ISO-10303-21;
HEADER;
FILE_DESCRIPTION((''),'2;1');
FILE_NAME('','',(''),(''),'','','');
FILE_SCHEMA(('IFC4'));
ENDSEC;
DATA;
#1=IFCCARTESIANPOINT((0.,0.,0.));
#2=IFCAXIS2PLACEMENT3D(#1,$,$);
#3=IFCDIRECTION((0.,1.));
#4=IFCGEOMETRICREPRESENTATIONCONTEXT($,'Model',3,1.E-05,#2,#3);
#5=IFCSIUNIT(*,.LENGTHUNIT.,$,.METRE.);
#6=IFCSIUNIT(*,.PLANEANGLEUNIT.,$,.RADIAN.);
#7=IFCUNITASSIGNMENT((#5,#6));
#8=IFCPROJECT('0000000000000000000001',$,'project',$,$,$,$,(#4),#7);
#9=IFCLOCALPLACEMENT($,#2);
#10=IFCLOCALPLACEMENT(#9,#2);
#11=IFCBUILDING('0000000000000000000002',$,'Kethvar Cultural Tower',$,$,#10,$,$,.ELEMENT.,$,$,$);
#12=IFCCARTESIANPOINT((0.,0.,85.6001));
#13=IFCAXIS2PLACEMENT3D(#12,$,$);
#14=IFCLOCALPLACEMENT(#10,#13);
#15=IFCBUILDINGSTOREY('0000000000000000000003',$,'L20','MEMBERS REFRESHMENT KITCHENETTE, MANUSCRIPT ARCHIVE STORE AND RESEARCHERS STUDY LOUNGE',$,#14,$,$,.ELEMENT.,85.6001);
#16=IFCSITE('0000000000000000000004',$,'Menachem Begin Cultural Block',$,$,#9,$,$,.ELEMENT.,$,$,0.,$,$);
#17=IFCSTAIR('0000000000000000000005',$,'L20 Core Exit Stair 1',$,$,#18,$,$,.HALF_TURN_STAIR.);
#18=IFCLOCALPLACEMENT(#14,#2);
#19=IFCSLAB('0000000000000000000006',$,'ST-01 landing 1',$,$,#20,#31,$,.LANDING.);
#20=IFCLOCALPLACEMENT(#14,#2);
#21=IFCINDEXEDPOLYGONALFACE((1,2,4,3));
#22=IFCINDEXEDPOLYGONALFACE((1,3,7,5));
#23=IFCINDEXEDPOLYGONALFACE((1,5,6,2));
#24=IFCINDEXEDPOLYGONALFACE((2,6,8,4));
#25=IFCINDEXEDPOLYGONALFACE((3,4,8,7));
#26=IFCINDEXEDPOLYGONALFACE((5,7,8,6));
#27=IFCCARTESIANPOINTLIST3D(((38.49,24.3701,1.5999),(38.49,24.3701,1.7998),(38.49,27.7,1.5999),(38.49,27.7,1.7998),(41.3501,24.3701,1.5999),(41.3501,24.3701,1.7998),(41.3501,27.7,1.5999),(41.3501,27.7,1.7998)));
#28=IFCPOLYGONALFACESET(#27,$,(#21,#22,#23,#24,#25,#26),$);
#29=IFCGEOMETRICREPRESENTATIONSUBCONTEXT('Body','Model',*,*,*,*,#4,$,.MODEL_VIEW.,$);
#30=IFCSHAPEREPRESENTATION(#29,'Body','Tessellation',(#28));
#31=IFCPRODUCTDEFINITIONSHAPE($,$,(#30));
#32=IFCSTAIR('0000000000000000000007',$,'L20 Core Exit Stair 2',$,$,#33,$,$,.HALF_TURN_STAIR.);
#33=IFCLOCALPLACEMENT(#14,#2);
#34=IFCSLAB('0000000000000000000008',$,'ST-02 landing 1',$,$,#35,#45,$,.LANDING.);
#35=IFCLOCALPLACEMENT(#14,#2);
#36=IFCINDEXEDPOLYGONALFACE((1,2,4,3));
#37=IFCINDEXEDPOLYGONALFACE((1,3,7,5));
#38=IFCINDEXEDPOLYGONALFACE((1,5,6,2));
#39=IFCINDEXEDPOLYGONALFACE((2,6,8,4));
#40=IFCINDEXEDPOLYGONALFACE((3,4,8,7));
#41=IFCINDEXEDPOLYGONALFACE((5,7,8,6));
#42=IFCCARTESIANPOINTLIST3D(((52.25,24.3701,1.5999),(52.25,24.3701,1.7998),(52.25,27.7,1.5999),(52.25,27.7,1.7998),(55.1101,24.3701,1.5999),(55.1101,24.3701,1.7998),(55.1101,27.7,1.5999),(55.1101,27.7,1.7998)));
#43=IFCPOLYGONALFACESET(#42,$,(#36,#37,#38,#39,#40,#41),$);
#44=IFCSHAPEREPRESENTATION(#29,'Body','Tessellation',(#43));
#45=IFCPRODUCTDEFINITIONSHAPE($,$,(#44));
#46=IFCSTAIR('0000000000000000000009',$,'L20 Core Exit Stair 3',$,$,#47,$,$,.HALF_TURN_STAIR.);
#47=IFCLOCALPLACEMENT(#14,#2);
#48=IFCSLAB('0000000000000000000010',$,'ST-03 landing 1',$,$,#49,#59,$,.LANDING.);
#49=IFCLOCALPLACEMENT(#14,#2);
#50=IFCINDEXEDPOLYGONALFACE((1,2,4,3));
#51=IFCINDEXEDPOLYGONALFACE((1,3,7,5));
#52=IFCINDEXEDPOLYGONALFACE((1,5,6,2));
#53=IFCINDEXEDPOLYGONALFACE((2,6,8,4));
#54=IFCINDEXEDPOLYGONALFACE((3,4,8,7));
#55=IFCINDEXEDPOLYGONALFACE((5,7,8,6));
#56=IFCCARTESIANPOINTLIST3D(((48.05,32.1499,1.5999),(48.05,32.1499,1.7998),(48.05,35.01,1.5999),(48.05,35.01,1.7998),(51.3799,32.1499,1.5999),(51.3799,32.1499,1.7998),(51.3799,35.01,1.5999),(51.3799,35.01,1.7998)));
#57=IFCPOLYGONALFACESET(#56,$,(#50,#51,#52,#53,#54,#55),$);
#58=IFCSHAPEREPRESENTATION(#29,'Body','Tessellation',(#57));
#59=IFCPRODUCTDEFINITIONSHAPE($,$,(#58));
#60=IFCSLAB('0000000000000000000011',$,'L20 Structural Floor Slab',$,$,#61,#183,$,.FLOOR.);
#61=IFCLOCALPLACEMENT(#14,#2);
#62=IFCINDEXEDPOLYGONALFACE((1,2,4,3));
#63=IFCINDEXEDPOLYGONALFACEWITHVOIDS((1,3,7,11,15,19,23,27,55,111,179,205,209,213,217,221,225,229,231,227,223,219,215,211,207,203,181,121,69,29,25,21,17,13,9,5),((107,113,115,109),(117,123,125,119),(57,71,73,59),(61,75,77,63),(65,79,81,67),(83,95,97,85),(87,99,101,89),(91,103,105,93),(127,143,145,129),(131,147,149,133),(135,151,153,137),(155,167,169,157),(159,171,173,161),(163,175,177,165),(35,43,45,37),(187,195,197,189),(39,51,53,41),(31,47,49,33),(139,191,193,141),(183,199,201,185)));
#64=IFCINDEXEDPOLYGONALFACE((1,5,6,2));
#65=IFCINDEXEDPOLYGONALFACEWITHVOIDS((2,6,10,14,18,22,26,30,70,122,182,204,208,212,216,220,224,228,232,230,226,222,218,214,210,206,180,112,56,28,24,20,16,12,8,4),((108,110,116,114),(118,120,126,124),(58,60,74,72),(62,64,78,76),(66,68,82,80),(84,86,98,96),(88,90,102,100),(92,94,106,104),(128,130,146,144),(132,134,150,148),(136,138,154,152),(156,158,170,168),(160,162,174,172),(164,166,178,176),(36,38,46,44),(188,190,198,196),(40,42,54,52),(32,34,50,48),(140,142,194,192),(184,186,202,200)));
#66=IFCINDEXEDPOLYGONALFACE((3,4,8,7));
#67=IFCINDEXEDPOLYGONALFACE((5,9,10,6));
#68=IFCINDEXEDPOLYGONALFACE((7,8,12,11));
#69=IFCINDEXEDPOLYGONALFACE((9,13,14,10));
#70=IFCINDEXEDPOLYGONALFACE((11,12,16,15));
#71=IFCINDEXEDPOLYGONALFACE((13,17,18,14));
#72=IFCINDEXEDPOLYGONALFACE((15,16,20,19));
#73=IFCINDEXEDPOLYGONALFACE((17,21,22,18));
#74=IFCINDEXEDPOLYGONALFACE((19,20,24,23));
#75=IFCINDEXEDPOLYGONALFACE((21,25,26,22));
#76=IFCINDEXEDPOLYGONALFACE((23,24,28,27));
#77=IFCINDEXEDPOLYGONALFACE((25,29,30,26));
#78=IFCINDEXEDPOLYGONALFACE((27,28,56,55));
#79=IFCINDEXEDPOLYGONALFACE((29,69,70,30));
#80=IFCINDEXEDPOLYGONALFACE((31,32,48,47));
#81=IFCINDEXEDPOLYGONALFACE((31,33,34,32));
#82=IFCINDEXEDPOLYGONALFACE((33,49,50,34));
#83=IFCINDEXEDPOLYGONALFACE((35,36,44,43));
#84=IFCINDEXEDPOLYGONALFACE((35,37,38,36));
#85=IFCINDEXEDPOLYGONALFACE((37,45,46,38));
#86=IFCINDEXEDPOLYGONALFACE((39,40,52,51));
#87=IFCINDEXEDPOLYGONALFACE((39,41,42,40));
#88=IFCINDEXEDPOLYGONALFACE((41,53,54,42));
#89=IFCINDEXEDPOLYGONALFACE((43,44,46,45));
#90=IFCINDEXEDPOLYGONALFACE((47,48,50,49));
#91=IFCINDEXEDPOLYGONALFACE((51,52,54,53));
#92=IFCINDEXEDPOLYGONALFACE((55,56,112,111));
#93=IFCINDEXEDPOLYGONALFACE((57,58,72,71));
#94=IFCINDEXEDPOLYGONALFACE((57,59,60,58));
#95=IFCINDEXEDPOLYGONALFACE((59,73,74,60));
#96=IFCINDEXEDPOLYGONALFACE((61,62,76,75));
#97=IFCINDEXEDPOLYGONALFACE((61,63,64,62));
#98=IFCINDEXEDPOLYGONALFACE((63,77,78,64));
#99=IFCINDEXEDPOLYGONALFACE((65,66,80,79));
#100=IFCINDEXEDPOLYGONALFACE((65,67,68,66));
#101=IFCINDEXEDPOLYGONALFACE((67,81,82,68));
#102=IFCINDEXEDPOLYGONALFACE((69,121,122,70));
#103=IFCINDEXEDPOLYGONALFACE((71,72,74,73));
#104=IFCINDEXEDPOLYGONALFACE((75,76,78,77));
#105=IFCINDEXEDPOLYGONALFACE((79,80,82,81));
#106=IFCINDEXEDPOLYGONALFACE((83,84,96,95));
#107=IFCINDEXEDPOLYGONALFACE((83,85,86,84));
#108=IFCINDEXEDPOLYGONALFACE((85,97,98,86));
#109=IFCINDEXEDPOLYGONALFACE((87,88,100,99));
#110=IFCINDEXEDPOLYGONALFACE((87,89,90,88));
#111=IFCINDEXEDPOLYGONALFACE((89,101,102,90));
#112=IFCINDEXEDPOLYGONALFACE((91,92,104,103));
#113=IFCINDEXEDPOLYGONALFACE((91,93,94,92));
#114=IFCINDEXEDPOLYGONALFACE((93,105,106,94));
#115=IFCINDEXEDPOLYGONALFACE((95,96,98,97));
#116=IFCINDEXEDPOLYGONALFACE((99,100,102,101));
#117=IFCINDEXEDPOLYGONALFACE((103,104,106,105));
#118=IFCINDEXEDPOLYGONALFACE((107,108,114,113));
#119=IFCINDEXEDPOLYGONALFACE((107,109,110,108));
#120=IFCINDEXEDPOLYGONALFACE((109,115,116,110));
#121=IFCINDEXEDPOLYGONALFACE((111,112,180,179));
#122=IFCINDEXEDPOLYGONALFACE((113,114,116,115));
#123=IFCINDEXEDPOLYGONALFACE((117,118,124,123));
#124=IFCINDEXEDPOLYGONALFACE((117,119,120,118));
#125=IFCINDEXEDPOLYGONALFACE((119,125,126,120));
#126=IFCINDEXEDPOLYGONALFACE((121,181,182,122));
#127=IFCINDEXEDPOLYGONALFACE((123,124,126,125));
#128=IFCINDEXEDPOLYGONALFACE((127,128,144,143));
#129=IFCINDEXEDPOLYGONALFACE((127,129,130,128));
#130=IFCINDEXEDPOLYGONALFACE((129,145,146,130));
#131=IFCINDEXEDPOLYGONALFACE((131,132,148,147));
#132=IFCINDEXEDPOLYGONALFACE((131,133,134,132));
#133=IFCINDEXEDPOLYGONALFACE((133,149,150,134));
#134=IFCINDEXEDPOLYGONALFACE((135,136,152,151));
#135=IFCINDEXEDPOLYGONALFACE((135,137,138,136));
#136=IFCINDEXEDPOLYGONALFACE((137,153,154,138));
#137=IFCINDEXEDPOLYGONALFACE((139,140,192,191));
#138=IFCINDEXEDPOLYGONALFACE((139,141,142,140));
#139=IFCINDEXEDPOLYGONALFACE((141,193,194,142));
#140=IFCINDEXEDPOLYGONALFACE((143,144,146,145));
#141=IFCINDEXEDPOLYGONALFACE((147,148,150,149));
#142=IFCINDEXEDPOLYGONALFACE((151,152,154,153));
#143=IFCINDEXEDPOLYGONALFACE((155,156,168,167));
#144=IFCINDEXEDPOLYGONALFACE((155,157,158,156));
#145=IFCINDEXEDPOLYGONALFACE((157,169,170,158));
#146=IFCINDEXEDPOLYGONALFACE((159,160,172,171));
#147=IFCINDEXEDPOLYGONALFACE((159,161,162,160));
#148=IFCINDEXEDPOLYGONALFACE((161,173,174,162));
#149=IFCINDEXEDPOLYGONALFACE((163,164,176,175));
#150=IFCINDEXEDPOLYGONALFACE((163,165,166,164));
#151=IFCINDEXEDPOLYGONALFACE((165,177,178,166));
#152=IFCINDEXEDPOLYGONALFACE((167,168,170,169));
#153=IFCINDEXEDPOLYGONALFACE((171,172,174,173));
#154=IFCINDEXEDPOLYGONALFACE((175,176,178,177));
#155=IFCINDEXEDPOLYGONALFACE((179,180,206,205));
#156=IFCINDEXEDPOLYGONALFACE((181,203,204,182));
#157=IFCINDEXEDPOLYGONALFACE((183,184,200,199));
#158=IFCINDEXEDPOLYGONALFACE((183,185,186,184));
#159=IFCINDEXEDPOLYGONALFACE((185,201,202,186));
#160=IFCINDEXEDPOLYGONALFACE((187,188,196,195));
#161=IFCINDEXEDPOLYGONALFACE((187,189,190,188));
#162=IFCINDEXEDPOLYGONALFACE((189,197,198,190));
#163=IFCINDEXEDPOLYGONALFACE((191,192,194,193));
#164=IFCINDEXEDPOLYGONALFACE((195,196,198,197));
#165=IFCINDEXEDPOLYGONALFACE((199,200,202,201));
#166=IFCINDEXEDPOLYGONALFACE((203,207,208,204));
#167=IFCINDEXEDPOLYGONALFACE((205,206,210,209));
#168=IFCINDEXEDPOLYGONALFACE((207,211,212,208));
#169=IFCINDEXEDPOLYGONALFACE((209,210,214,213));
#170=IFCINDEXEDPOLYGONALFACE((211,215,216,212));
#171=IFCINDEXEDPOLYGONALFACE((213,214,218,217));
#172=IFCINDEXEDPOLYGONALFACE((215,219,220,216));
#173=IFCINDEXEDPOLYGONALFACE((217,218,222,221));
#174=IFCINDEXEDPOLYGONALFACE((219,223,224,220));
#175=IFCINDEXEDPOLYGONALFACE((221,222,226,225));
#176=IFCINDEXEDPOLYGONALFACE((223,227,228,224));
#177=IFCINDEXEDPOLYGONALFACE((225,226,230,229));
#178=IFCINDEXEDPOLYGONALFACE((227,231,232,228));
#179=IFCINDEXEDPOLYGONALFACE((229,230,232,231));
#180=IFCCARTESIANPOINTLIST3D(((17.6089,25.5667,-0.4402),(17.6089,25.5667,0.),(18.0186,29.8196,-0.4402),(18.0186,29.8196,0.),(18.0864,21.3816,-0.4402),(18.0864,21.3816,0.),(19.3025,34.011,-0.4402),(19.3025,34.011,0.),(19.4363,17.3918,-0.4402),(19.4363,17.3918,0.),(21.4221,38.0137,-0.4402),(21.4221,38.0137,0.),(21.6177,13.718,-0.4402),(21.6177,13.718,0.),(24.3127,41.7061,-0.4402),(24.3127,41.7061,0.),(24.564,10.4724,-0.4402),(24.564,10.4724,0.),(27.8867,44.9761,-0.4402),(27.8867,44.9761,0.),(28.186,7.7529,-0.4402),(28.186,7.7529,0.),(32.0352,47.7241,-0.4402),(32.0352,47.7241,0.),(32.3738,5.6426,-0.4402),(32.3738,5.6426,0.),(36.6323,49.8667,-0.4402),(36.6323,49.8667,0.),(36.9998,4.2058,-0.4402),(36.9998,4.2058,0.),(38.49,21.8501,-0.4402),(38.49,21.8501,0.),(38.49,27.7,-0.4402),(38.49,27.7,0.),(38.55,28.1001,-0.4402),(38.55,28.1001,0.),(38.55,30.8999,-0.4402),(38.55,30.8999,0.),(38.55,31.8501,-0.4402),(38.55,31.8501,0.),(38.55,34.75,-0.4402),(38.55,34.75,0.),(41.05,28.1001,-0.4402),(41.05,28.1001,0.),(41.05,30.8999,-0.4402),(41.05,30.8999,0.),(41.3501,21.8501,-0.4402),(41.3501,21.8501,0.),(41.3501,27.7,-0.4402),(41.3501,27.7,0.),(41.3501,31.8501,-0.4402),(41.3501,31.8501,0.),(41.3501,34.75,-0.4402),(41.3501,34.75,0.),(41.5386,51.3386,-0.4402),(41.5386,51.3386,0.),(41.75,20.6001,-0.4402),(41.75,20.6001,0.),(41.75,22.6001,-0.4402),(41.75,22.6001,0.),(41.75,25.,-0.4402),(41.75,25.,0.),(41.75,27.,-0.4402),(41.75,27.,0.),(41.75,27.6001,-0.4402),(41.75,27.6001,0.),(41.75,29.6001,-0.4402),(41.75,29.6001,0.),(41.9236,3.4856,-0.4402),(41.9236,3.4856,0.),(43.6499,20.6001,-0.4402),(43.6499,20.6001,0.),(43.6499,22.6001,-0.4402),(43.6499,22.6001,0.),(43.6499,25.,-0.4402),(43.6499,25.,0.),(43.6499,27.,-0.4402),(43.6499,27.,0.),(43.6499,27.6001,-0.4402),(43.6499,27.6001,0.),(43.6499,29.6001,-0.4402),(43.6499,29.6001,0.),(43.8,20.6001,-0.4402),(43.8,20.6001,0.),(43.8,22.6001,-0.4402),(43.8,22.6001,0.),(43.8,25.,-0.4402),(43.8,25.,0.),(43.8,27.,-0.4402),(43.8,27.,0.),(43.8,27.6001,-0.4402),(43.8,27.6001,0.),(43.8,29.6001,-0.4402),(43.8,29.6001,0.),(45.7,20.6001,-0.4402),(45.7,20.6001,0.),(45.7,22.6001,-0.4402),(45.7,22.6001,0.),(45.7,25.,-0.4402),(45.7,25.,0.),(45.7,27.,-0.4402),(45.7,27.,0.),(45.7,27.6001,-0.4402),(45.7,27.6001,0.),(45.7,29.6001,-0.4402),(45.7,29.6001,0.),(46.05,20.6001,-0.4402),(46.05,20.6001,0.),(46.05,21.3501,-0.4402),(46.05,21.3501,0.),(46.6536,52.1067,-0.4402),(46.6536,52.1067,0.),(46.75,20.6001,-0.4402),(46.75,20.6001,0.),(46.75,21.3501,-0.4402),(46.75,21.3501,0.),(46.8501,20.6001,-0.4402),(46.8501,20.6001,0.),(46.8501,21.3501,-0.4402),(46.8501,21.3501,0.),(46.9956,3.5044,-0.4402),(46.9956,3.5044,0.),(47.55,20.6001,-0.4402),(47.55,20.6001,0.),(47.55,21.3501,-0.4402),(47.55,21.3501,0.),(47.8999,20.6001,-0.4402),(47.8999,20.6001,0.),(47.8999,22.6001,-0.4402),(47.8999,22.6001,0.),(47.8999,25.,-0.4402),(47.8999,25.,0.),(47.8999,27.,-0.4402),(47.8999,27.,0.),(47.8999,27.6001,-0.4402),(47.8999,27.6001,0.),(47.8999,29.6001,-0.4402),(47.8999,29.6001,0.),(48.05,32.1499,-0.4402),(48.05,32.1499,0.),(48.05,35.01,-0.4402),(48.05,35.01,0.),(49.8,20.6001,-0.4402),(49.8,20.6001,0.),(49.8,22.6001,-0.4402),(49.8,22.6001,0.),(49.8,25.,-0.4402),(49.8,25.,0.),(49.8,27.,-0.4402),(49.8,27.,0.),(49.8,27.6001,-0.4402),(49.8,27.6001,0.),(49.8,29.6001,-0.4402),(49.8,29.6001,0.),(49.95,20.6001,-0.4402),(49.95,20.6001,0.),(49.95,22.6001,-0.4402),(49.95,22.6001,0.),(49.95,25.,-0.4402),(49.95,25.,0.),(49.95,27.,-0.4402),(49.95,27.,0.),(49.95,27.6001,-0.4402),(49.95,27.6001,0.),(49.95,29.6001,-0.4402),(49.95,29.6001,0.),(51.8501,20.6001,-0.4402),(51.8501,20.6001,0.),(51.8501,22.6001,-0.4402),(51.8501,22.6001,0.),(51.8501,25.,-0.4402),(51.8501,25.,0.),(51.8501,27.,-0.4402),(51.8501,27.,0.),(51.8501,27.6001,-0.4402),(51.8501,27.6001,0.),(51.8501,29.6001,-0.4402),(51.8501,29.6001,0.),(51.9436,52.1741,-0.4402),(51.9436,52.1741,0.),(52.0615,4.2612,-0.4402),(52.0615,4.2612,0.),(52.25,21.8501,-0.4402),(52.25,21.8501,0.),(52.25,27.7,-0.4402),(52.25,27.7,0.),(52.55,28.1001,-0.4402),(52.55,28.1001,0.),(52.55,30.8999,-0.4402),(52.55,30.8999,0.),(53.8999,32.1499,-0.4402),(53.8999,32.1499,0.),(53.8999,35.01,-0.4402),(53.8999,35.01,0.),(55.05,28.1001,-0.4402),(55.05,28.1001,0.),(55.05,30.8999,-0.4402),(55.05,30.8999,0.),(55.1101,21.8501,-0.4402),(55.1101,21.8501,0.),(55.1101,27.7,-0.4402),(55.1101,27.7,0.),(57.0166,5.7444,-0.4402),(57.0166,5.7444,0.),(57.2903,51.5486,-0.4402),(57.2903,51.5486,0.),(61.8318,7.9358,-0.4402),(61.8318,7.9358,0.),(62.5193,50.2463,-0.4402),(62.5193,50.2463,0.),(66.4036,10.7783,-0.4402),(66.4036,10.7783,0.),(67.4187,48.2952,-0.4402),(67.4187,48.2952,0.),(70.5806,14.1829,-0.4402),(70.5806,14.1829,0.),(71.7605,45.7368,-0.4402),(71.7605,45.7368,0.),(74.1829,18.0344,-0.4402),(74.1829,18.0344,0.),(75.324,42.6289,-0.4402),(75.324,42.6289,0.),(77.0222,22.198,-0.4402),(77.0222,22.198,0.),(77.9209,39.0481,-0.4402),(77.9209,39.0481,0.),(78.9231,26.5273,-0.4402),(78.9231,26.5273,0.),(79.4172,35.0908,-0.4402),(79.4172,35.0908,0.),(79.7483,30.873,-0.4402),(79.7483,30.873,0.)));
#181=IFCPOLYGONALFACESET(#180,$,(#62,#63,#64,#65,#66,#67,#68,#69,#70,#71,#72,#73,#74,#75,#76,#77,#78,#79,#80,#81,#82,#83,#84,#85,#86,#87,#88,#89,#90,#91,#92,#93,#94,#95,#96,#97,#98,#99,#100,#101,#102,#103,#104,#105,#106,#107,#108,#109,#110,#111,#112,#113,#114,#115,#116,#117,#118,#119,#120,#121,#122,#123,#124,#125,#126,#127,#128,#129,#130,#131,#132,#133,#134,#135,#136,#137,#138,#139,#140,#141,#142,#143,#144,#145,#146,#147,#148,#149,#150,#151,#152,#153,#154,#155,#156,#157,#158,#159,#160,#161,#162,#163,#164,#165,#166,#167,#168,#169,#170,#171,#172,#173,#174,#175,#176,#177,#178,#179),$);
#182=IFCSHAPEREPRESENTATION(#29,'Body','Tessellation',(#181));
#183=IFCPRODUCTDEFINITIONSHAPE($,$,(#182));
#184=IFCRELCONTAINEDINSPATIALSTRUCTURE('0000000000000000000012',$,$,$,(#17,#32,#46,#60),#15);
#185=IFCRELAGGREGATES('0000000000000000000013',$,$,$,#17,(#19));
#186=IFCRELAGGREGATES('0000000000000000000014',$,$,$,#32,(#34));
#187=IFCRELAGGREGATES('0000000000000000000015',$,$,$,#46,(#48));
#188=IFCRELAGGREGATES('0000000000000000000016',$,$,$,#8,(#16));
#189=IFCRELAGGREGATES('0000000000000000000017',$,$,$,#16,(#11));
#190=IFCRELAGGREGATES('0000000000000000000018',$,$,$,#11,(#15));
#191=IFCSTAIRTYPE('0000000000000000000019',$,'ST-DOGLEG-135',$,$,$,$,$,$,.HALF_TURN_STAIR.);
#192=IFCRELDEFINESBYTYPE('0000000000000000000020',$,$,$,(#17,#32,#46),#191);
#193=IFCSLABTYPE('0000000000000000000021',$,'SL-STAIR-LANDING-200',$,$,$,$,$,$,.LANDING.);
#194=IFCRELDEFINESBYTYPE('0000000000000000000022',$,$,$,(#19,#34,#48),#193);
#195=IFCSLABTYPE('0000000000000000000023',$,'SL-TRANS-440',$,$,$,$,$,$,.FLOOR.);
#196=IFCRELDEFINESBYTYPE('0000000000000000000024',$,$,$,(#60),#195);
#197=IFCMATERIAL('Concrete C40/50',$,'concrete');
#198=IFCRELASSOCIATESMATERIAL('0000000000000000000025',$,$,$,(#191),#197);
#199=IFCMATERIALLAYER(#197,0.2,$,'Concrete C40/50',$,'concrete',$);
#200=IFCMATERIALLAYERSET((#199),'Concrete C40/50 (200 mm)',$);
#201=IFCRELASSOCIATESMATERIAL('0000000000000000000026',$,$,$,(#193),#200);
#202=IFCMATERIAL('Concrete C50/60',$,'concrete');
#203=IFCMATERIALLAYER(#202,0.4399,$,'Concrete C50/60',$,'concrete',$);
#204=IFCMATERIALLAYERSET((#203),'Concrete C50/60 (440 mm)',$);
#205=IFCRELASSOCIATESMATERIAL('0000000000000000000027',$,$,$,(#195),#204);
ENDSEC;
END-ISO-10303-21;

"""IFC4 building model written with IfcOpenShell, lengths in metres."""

from ifc_helpers import new_model, si_unit, direction, frame, origin, place, context, subcontext, project, spatial, polyline, outline, extrude, material, layer, layer_set, type_object, element, aggregate, save


model = new_model("IFC4")

# Units and contexts
model_context = context("Model", 3, precision=1e-05, world=origin(), true_north=direction((0.0, 1.0)))
body_context = subcontext(model_context, "Body", "Model", "MODEL_VIEW")
ifc_project = project(units=[si_unit("LENGTHUNIT", "METRE"), si_unit("PLANEANGLEUNIT", "RADIAN")], contexts=[model_context])

# Site, building, storey
site_placement = place(None, origin())
site = spatial("IfcSite", under=ifc_project, at=site_placement, Name="Menachem Begin Cultural Block", CompositionType="ELEMENT", RefElevation=0.0)
building_placement = place(site_placement, origin())
building = spatial("IfcBuilding", under=site, at=building_placement, Name="Kethvar Cultural Tower", CompositionType="ELEMENT")
storey_placement = place(building_placement, frame((0.0, 0.0, 85.6001)))
storey = spatial("IfcBuildingStorey", under=building, at=storey_placement, Name="L20", Description="MEMBERS REFRESHMENT KITCHENETTE, MANUSCRIPT ARCHIVE STORE AND RESEARCHERS STUDY LOUNGE", CompositionType="ELEMENT", Elevation=85.6001)

# Stairs, slabs
ifc_material_1 = material(Name="Concrete C40/50", Category="concrete")
stair_type = type_object("IfcStairType", Name="ST-DOGLEG-135", PredefinedType="HALF_TURN_STAIR", material=ifc_material_1)
stair_1_placement = place(storey_placement, origin())
stair_1 = element("IfcStair", 1, at=stair_1_placement, inside=storey, type_object=stair_type, Name="L20 Core Exit Stair 1", PredefinedType="HALF_TURN_STAIR")
ifc_layer_1 = layer(ifc_material_1, 0.2, Name="Concrete C40/50", Category="concrete")
ifc_layer_set_1 = layer_set([ifc_layer_1], Name="Concrete C40/50 (200 mm)")
slab_type_1 = type_object("IfcSlabType", Name="SL-STAIR-LANDING-200", PredefinedType="LANDING", material=ifc_layer_set_1)
slab_1_placement = place(storey_placement, frame((0.0, 0.0, 1.5999)))
slab_1 = element("IfcSlab", 2, at=slab_1_placement, type_object=slab_type_1, Name="ST-01 landing 1", PredefinedType="LANDING", context=body_context, shape_type="SweptSolid", body=[
    extrude(outline(polyline([(41.3501, 24.3701), (41.3501, 27.7), (38.49, 27.7), (38.49, 24.3701), (41.3501, 24.3701)])), origin(), (0.0, 0.0, 1.0), 0.2),
])
aggregate(stair_1, [slab_1])
stair_2_placement = place(storey_placement, origin())
stair_2 = element("IfcStair", 3, at=stair_2_placement, inside=storey, type_object=stair_type, Name="L20 Core Exit Stair 2", PredefinedType="HALF_TURN_STAIR")
slab_2_placement = place(storey_placement, frame((0.0, 0.0, 1.5999)))
slab_2 = element("IfcSlab", 4, at=slab_2_placement, type_object=slab_type_1, Name="ST-02 landing 1", PredefinedType="LANDING", context=body_context, shape_type="SweptSolid", body=[
    extrude(outline(polyline([(55.1101, 24.3701), (55.1101, 27.7), (52.25, 27.7), (52.25, 24.3701), (55.1101, 24.3701)])), origin(), (0.0, 0.0, 1.0), 0.2),
])
aggregate(stair_2, [slab_2])
stair_3_placement = place(storey_placement, origin())
stair_3 = element("IfcStair", 5, at=stair_3_placement, inside=storey, type_object=stair_type, Name="L20 Core Exit Stair 3", PredefinedType="HALF_TURN_STAIR")
slab_3_placement = place(storey_placement, frame((0.0, 0.0, 1.5999)))
slab_3 = element("IfcSlab", 6, at=slab_3_placement, type_object=slab_type_1, Name="ST-03 landing 1", PredefinedType="LANDING", context=body_context, shape_type="SweptSolid", body=[
    extrude(outline(polyline([(51.3799, 35.01), (48.05, 35.01), (48.05, 32.1499), (51.3799, 32.1499), (51.3799, 35.01)])), origin(), (0.0, 0.0, 1.0), 0.2),
])
aggregate(stair_3, [slab_3])

# Slab
ifc_material_2 = material(Name="Concrete C50/60", Category="concrete")
ifc_layer_2 = layer(ifc_material_2, 0.4399, Name="Concrete C50/60", Category="concrete")
ifc_layer_set_2 = layer_set([ifc_layer_2], Name="Concrete C50/60 (440 mm)")
slab_type_2 = type_object("IfcSlabType", Name="SL-TRANS-440", PredefinedType="FLOOR", material=ifc_layer_set_2)
slab_4_placement = place(storey_placement, frame((0.0, 0.0, -0.4402)))
element("IfcSlab", 7, at=slab_4_placement, inside=storey, type_object=slab_type_2, Name="L20 Structural Floor Slab", PredefinedType="FLOOR", context=body_context, shape_type="SweptSolid", body=[
    extrude(outline(polyline([(79.4172, 35.0908), (77.9209, 39.0481), (75.324, 42.6289), (71.7605, 45.7368), (67.4187, 48.2952), (62.5193, 50.2463), (57.2903, 51.5486), (51.9436, 52.1741), (46.6536, 52.1067), (41.5386, 51.3386), (36.6323, 49.8667), (32.0352, 47.7241), (27.8867, 44.9761), (24.3127, 41.7061), (21.4221, 38.0137), (19.3025, 34.011), (18.0186, 29.8196), (17.6089, 25.5667), (18.0864, 21.3816), (19.4363, 17.3918), (21.6177, 13.718), (24.564, 10.4724), (28.186, 7.7529), (32.3738, 5.6426), (36.9998, 4.2058), (41.9236, 3.4856), (46.9956, 3.5044), (52.0615, 4.2612), (57.0166, 5.7444), (61.8318, 7.9358), (66.4036, 10.7783), (70.5806, 14.1829), (74.1829, 18.0344), (77.0222, 22.198), (78.9231, 26.5273), (79.7483, 30.873), (79.4172, 35.0908)]), holes=[polyline([(38.49, 21.8501), (38.49, 27.7), (41.3501, 27.7), (41.3501, 21.8501), (38.49, 21.8501)]), polyline([(52.25, 21.8501), (52.25, 27.7), (55.1101, 27.7), (55.1101, 21.8501), (52.25, 21.8501)]), polyline([(53.8999, 32.1499), (48.05, 32.1499), (48.05, 35.01), (53.8999, 35.01), (53.8999, 32.1499)]), polyline([(41.75, 22.6001), (43.6499, 22.6001), (43.6499, 20.6001), (41.75, 20.6001), (41.75, 22.6001)]), polyline([(43.8, 22.6001), (45.7, 22.6001), (45.7, 20.6001), (43.8, 20.6001), (43.8, 22.6001)]), polyline([(47.8999, 22.6001), (49.8, 22.6001), (49.8, 20.6001), (47.8999, 20.6001), (47.8999, 22.6001)]), polyline([(49.95, 22.6001), (51.8501, 22.6001), (51.8501, 20.6001), (49.95, 20.6001), (49.95, 22.6001)]), polyline([(41.75, 27.0), (43.6499, 27.0), (43.6499, 25.0), (41.75, 25.0), (41.75, 27.0)]), polyline([(43.8, 27.0), (45.7, 27.0), (45.7, 25.0), (43.8, 25.0), (43.8, 27.0)]), polyline([(47.8999, 27.0), (49.8, 27.0), (49.8, 25.0), (47.8999, 25.0), (47.8999, 27.0)]), polyline([(49.95, 27.0), (51.8501, 27.0), (51.8501, 25.0), (49.95, 25.0), (49.95, 27.0)]), polyline([(41.75, 29.6001), (43.6499, 29.6001), (43.6499, 27.6001), (41.75, 27.6001), (41.75, 29.6001)]), polyline([(43.8, 29.6001), (45.7, 29.6001), (45.7, 27.6001), (43.8, 27.6001), (43.8, 29.6001)]), polyline([(47.8999, 29.6001), (49.8, 29.6001), (49.8, 27.6001), (47.8999, 27.6001), (47.8999, 29.6001)]), polyline([(49.95, 29.6001), (51.8501, 29.6001), (51.8501, 27.6001), (49.95, 27.6001), (49.95, 29.6001)]), polyline([(38.55, 30.8999), (41.05, 30.8999), (41.05, 28.1001), (38.55, 28.1001), (38.55, 30.8999)]), polyline([(52.55, 30.8999), (55.05, 30.8999), (55.05, 28.1001), (52.55, 28.1001), (52.55, 30.8999)]), polyline([(38.55, 34.75), (41.3501, 34.75), (41.3501, 31.8501), (38.55, 31.8501), (38.55, 34.75)]), polyline([(46.05, 21.3501), (46.75, 21.3501), (46.75, 20.6001), (46.05, 20.6001), (46.05, 21.3501)]), polyline([(46.8501, 21.3501), (47.55, 21.3501), (47.55, 20.6001), (46.8501, 20.6001), (46.8501, 21.3501)])]), origin(), (0.0, 0.0, 1.0), 0.4402),
])

save(model, "model.ifc")
